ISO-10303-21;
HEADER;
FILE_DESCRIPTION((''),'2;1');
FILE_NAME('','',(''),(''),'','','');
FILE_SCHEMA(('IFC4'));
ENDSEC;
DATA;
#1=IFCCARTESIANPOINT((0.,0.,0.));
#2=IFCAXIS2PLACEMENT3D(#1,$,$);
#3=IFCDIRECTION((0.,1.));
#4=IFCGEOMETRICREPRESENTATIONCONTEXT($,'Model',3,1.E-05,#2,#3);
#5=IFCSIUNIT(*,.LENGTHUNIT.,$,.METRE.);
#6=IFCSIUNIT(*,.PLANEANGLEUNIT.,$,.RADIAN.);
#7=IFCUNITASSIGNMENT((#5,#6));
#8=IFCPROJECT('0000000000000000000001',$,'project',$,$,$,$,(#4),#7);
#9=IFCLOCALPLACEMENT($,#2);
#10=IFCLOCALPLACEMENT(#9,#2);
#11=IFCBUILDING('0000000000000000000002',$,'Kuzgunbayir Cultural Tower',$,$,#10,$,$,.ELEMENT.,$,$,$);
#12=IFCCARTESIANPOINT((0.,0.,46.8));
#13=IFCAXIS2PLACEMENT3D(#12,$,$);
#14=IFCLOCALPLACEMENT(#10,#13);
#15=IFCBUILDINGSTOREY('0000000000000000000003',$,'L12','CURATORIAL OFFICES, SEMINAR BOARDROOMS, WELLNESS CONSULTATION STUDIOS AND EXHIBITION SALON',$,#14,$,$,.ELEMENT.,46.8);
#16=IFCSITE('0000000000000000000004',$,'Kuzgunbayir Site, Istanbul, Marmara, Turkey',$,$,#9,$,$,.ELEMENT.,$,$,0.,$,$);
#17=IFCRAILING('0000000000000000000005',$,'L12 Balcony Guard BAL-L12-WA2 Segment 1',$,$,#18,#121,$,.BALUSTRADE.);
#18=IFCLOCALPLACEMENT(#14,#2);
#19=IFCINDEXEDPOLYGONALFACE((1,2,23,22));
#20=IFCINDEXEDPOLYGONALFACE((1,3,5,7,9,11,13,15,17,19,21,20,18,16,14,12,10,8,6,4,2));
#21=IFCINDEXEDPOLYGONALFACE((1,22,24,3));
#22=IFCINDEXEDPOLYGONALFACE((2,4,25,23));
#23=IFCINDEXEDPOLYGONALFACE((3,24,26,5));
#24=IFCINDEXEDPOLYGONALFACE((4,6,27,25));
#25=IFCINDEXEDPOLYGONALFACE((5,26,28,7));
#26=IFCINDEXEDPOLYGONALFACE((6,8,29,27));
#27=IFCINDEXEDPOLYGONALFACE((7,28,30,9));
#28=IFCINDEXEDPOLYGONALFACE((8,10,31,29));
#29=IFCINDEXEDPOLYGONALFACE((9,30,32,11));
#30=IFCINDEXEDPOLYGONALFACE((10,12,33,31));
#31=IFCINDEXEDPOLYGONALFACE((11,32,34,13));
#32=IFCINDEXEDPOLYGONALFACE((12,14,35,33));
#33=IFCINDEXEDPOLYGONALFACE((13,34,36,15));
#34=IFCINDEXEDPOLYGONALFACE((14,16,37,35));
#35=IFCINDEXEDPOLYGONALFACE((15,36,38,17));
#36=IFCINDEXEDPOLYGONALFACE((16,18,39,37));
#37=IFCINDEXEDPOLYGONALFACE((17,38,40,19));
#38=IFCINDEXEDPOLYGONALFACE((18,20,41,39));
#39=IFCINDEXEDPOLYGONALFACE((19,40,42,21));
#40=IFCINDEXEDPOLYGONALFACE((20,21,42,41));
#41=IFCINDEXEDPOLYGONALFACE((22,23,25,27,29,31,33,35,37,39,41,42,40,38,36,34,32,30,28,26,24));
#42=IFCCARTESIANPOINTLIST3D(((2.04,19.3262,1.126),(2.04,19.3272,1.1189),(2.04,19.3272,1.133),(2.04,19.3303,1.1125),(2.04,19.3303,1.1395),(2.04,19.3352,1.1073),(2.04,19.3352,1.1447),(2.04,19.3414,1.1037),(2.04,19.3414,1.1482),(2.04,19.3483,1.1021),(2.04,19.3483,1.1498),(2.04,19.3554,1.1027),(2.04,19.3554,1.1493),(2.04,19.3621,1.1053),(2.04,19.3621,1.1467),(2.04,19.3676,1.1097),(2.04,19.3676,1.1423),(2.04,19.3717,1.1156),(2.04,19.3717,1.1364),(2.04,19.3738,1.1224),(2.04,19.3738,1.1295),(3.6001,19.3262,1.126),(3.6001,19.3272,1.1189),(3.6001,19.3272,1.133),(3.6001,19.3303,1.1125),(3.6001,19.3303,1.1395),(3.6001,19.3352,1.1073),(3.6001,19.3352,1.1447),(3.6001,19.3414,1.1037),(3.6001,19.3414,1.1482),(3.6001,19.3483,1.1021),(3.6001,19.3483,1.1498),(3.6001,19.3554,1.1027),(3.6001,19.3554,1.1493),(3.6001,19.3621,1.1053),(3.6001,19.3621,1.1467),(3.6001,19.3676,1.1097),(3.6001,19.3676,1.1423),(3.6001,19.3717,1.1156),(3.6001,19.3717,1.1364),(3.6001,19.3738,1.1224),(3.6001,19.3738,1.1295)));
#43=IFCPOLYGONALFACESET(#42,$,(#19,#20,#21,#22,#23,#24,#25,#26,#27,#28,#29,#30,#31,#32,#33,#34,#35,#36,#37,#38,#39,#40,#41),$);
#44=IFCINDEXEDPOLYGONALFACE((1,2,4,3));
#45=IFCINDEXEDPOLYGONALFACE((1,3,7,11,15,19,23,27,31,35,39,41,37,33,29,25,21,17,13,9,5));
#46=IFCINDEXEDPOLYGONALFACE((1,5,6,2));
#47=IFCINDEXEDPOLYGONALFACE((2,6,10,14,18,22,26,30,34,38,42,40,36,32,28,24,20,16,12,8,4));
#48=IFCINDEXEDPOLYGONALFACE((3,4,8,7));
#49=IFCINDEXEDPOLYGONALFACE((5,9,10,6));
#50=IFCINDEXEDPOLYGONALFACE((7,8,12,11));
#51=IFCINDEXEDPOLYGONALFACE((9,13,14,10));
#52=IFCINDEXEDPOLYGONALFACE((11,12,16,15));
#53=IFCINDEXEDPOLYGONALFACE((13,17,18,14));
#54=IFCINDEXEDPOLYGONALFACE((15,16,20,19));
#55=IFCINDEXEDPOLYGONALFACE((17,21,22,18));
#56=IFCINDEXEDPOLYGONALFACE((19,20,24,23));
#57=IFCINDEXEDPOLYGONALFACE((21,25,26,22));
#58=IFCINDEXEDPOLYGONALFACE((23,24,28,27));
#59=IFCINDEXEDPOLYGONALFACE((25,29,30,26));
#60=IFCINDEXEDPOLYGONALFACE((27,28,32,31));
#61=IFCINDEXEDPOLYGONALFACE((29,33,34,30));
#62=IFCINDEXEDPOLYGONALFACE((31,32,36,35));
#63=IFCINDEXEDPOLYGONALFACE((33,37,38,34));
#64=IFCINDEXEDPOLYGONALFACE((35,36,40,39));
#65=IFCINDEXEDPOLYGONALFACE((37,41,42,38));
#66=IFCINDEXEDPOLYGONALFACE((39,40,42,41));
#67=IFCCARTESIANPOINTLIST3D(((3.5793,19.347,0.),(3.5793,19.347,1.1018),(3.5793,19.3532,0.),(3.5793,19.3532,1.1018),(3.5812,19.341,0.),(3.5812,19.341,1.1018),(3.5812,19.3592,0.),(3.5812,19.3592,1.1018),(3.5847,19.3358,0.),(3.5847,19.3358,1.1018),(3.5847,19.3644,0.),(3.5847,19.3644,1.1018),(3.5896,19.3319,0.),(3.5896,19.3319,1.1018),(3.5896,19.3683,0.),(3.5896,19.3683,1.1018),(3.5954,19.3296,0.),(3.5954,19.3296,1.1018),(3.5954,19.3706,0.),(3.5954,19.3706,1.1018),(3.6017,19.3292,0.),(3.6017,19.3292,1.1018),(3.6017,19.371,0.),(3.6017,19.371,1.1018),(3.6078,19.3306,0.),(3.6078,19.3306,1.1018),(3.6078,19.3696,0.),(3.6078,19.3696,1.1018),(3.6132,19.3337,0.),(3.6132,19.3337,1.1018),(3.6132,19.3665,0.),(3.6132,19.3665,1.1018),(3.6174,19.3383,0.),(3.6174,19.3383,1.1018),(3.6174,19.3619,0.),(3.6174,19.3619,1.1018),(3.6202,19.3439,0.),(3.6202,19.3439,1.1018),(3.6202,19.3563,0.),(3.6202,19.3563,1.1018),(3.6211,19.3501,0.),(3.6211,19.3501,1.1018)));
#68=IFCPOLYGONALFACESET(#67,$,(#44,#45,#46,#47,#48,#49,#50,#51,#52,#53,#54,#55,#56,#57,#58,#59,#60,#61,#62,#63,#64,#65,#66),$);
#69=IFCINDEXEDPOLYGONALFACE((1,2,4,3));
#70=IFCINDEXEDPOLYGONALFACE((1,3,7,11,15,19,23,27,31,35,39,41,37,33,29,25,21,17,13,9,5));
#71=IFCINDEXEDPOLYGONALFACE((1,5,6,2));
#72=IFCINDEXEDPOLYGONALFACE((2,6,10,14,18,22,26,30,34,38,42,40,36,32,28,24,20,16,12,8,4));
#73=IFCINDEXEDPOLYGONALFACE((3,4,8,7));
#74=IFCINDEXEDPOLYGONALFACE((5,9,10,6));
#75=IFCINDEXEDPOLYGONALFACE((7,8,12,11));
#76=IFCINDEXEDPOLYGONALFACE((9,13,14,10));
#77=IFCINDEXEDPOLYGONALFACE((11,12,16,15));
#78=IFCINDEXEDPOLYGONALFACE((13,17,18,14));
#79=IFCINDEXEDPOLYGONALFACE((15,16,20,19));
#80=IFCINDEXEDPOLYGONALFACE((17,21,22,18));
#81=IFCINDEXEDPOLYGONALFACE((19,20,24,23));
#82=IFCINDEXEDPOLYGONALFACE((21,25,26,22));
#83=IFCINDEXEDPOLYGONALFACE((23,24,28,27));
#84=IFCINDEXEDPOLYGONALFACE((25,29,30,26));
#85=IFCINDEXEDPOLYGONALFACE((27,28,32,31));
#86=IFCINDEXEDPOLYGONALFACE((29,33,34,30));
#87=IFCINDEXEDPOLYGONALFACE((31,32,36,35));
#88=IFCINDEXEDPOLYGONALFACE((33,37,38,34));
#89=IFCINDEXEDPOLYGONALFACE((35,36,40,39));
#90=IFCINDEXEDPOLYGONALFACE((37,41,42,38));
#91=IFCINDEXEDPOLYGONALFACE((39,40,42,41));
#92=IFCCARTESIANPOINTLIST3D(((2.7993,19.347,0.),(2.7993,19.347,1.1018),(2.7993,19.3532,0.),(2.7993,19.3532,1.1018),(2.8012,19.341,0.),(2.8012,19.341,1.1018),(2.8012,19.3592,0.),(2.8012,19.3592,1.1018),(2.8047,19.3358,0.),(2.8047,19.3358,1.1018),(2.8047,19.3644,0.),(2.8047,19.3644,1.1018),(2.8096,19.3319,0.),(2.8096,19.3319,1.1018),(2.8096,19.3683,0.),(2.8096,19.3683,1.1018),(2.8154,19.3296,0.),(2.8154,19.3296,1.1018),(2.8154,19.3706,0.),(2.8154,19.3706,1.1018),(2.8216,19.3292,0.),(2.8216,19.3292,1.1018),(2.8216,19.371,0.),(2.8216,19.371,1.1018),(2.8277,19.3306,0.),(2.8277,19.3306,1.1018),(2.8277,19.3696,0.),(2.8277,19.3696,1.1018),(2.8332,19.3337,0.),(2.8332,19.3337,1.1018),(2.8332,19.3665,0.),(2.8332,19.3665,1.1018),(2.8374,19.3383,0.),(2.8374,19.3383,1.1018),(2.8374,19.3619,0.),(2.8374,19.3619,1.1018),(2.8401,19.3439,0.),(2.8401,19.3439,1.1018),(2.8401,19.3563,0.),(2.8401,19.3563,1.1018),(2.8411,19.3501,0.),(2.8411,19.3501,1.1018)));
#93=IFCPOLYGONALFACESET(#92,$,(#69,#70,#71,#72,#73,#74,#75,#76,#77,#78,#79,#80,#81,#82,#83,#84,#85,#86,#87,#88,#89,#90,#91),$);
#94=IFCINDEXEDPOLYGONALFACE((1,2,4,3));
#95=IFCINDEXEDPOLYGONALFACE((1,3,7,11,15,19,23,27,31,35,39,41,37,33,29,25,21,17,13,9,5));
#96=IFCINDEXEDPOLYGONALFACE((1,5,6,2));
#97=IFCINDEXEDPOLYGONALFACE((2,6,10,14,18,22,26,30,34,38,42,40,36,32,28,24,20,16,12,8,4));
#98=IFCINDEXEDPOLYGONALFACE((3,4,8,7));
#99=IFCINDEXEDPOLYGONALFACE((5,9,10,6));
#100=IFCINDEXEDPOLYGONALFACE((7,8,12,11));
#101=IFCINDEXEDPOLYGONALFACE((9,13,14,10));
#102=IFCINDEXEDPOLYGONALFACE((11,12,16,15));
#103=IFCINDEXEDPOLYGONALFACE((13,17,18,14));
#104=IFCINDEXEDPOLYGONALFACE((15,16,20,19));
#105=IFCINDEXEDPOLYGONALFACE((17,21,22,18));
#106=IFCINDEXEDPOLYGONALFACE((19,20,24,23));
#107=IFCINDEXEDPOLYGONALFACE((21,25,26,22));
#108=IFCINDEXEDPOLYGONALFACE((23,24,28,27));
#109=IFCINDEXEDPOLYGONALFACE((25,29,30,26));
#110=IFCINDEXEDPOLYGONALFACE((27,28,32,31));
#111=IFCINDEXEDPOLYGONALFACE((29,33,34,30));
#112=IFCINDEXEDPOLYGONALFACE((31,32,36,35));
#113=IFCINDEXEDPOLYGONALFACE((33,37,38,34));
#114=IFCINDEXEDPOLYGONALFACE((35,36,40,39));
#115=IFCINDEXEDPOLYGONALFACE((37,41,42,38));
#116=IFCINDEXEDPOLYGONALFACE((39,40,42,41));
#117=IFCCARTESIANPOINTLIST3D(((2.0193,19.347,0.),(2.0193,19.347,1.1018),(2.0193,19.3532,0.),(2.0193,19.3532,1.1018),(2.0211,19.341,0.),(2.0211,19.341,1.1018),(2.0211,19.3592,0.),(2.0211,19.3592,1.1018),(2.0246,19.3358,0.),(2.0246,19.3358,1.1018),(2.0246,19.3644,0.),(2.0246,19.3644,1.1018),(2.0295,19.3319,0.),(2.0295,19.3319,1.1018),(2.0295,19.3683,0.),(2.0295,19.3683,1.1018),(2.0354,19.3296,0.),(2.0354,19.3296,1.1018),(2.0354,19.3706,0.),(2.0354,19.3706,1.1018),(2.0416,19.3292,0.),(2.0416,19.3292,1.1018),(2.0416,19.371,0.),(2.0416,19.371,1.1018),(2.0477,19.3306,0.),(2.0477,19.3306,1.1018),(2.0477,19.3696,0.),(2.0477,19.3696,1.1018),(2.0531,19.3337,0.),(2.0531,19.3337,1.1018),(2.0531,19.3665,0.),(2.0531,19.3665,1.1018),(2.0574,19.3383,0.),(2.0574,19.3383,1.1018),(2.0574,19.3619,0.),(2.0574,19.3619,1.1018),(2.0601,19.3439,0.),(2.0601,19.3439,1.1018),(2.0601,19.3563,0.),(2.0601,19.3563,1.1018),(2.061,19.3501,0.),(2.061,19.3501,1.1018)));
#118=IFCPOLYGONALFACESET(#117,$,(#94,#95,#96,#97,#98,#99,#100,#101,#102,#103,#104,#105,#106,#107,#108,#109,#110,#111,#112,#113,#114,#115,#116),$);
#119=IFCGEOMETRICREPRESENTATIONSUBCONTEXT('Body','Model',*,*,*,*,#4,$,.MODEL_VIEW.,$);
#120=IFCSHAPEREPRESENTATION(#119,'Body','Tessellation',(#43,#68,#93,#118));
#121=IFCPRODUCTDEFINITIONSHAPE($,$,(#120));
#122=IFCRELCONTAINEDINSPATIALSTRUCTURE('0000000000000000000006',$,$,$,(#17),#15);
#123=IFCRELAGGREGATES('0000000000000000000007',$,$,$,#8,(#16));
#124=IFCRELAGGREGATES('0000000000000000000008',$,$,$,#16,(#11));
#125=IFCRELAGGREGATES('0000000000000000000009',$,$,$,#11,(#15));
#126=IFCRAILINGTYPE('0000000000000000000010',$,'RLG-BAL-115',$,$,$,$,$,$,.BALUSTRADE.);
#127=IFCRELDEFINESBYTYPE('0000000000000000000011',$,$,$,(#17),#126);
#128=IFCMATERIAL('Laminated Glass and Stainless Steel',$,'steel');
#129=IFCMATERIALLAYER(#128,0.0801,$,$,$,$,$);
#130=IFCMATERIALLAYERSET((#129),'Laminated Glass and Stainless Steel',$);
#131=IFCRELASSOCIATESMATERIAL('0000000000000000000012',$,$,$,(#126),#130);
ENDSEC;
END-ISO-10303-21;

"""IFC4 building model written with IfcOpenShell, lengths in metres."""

from ifc_helpers import new_model, si_unit, direction, frame, origin, origin_2d, place, context, subcontext, project, spatial, circle, extrude, material, layer, layer_set, type_object, element, save


model = new_model("IFC4")

# Units and contexts
model_context = context("Model", 3, precision=1e-05, world=origin(), true_north=direction((0.0, 1.0)))
body_context = subcontext(model_context, "Body", "Model", "MODEL_VIEW")
ifc_project = project(units=[si_unit("LENGTHUNIT", "METRE"), si_unit("PLANEANGLEUNIT", "RADIAN")], contexts=[model_context])

# Site, building, storey
site_placement = place(None, origin())
site = spatial("IfcSite", under=ifc_project, at=site_placement, Name="Kuzgunbayir Site, Istanbul, Marmara, Turkey", CompositionType="ELEMENT", RefElevation=0.0)
building_placement = place(site_placement, origin())
building = spatial("IfcBuilding", under=site, at=building_placement, Name="Kuzgunbayir Cultural Tower", CompositionType="ELEMENT")
storey_placement = place(building_placement, frame((0.0, 0.0, 46.8)))
storey = spatial("IfcBuildingStorey", under=building, at=storey_placement, Name="L12", Description="CURATORIAL OFFICES, SEMINAR BOARDROOMS, WELLNESS CONSULTATION STUDIOS AND EXHIBITION SALON", CompositionType="ELEMENT", Elevation=46.8)

# Railing
ifc_material_1 = material(Name="Laminated Glass and Stainless Steel", Category="steel")
ifc_layer_1 = layer(ifc_material_1, 0.0801)
ifc_layer_set_1 = layer_set([ifc_layer_1], Name="Laminated Glass and Stainless Steel")
railing_type = type_object("IfcRailingType", Name="RLG-BAL-115", PredefinedType="BALUSTRADE", material=ifc_layer_set_1)
railing_1_placement = place(storey_placement, frame((3.6001, 19.3501, 0.0)))
element("IfcRailing", 1, at=railing_1_placement, inside=storey, type_object=railing_type, Name="L12 Balcony Guard BAL-L12-WA2 Segment 1", PredefinedType="BALUSTRADE", context=body_context, shape_type="SweptSolid", body=[
    extrude(circle(Radius=0.0239, at=origin_2d()), frame((0.0, 0.0, 1.126), z_axis=(-1.0, 0.0, 0.0), x_axis=(0.0, -1.0, 0.0)), (0.0, 0.0, 1.0), 1.5601),
    extrude(circle(Radius=0.021, at=origin_2d()), origin(), (0.0, 0.0, 1.0), 1.1018),
    extrude(circle(Radius=0.021, at=origin_2d()), frame((-0.78, 0.0, 0.0)), (0.0, 0.0, 1.0), 1.1018),
    extrude(circle(Radius=0.021, at=origin_2d()), frame((-1.5601, 0.0, 0.0)), (0.0, 0.0, 1.0), 1.1018),
])

save(model, "model.ifc")
